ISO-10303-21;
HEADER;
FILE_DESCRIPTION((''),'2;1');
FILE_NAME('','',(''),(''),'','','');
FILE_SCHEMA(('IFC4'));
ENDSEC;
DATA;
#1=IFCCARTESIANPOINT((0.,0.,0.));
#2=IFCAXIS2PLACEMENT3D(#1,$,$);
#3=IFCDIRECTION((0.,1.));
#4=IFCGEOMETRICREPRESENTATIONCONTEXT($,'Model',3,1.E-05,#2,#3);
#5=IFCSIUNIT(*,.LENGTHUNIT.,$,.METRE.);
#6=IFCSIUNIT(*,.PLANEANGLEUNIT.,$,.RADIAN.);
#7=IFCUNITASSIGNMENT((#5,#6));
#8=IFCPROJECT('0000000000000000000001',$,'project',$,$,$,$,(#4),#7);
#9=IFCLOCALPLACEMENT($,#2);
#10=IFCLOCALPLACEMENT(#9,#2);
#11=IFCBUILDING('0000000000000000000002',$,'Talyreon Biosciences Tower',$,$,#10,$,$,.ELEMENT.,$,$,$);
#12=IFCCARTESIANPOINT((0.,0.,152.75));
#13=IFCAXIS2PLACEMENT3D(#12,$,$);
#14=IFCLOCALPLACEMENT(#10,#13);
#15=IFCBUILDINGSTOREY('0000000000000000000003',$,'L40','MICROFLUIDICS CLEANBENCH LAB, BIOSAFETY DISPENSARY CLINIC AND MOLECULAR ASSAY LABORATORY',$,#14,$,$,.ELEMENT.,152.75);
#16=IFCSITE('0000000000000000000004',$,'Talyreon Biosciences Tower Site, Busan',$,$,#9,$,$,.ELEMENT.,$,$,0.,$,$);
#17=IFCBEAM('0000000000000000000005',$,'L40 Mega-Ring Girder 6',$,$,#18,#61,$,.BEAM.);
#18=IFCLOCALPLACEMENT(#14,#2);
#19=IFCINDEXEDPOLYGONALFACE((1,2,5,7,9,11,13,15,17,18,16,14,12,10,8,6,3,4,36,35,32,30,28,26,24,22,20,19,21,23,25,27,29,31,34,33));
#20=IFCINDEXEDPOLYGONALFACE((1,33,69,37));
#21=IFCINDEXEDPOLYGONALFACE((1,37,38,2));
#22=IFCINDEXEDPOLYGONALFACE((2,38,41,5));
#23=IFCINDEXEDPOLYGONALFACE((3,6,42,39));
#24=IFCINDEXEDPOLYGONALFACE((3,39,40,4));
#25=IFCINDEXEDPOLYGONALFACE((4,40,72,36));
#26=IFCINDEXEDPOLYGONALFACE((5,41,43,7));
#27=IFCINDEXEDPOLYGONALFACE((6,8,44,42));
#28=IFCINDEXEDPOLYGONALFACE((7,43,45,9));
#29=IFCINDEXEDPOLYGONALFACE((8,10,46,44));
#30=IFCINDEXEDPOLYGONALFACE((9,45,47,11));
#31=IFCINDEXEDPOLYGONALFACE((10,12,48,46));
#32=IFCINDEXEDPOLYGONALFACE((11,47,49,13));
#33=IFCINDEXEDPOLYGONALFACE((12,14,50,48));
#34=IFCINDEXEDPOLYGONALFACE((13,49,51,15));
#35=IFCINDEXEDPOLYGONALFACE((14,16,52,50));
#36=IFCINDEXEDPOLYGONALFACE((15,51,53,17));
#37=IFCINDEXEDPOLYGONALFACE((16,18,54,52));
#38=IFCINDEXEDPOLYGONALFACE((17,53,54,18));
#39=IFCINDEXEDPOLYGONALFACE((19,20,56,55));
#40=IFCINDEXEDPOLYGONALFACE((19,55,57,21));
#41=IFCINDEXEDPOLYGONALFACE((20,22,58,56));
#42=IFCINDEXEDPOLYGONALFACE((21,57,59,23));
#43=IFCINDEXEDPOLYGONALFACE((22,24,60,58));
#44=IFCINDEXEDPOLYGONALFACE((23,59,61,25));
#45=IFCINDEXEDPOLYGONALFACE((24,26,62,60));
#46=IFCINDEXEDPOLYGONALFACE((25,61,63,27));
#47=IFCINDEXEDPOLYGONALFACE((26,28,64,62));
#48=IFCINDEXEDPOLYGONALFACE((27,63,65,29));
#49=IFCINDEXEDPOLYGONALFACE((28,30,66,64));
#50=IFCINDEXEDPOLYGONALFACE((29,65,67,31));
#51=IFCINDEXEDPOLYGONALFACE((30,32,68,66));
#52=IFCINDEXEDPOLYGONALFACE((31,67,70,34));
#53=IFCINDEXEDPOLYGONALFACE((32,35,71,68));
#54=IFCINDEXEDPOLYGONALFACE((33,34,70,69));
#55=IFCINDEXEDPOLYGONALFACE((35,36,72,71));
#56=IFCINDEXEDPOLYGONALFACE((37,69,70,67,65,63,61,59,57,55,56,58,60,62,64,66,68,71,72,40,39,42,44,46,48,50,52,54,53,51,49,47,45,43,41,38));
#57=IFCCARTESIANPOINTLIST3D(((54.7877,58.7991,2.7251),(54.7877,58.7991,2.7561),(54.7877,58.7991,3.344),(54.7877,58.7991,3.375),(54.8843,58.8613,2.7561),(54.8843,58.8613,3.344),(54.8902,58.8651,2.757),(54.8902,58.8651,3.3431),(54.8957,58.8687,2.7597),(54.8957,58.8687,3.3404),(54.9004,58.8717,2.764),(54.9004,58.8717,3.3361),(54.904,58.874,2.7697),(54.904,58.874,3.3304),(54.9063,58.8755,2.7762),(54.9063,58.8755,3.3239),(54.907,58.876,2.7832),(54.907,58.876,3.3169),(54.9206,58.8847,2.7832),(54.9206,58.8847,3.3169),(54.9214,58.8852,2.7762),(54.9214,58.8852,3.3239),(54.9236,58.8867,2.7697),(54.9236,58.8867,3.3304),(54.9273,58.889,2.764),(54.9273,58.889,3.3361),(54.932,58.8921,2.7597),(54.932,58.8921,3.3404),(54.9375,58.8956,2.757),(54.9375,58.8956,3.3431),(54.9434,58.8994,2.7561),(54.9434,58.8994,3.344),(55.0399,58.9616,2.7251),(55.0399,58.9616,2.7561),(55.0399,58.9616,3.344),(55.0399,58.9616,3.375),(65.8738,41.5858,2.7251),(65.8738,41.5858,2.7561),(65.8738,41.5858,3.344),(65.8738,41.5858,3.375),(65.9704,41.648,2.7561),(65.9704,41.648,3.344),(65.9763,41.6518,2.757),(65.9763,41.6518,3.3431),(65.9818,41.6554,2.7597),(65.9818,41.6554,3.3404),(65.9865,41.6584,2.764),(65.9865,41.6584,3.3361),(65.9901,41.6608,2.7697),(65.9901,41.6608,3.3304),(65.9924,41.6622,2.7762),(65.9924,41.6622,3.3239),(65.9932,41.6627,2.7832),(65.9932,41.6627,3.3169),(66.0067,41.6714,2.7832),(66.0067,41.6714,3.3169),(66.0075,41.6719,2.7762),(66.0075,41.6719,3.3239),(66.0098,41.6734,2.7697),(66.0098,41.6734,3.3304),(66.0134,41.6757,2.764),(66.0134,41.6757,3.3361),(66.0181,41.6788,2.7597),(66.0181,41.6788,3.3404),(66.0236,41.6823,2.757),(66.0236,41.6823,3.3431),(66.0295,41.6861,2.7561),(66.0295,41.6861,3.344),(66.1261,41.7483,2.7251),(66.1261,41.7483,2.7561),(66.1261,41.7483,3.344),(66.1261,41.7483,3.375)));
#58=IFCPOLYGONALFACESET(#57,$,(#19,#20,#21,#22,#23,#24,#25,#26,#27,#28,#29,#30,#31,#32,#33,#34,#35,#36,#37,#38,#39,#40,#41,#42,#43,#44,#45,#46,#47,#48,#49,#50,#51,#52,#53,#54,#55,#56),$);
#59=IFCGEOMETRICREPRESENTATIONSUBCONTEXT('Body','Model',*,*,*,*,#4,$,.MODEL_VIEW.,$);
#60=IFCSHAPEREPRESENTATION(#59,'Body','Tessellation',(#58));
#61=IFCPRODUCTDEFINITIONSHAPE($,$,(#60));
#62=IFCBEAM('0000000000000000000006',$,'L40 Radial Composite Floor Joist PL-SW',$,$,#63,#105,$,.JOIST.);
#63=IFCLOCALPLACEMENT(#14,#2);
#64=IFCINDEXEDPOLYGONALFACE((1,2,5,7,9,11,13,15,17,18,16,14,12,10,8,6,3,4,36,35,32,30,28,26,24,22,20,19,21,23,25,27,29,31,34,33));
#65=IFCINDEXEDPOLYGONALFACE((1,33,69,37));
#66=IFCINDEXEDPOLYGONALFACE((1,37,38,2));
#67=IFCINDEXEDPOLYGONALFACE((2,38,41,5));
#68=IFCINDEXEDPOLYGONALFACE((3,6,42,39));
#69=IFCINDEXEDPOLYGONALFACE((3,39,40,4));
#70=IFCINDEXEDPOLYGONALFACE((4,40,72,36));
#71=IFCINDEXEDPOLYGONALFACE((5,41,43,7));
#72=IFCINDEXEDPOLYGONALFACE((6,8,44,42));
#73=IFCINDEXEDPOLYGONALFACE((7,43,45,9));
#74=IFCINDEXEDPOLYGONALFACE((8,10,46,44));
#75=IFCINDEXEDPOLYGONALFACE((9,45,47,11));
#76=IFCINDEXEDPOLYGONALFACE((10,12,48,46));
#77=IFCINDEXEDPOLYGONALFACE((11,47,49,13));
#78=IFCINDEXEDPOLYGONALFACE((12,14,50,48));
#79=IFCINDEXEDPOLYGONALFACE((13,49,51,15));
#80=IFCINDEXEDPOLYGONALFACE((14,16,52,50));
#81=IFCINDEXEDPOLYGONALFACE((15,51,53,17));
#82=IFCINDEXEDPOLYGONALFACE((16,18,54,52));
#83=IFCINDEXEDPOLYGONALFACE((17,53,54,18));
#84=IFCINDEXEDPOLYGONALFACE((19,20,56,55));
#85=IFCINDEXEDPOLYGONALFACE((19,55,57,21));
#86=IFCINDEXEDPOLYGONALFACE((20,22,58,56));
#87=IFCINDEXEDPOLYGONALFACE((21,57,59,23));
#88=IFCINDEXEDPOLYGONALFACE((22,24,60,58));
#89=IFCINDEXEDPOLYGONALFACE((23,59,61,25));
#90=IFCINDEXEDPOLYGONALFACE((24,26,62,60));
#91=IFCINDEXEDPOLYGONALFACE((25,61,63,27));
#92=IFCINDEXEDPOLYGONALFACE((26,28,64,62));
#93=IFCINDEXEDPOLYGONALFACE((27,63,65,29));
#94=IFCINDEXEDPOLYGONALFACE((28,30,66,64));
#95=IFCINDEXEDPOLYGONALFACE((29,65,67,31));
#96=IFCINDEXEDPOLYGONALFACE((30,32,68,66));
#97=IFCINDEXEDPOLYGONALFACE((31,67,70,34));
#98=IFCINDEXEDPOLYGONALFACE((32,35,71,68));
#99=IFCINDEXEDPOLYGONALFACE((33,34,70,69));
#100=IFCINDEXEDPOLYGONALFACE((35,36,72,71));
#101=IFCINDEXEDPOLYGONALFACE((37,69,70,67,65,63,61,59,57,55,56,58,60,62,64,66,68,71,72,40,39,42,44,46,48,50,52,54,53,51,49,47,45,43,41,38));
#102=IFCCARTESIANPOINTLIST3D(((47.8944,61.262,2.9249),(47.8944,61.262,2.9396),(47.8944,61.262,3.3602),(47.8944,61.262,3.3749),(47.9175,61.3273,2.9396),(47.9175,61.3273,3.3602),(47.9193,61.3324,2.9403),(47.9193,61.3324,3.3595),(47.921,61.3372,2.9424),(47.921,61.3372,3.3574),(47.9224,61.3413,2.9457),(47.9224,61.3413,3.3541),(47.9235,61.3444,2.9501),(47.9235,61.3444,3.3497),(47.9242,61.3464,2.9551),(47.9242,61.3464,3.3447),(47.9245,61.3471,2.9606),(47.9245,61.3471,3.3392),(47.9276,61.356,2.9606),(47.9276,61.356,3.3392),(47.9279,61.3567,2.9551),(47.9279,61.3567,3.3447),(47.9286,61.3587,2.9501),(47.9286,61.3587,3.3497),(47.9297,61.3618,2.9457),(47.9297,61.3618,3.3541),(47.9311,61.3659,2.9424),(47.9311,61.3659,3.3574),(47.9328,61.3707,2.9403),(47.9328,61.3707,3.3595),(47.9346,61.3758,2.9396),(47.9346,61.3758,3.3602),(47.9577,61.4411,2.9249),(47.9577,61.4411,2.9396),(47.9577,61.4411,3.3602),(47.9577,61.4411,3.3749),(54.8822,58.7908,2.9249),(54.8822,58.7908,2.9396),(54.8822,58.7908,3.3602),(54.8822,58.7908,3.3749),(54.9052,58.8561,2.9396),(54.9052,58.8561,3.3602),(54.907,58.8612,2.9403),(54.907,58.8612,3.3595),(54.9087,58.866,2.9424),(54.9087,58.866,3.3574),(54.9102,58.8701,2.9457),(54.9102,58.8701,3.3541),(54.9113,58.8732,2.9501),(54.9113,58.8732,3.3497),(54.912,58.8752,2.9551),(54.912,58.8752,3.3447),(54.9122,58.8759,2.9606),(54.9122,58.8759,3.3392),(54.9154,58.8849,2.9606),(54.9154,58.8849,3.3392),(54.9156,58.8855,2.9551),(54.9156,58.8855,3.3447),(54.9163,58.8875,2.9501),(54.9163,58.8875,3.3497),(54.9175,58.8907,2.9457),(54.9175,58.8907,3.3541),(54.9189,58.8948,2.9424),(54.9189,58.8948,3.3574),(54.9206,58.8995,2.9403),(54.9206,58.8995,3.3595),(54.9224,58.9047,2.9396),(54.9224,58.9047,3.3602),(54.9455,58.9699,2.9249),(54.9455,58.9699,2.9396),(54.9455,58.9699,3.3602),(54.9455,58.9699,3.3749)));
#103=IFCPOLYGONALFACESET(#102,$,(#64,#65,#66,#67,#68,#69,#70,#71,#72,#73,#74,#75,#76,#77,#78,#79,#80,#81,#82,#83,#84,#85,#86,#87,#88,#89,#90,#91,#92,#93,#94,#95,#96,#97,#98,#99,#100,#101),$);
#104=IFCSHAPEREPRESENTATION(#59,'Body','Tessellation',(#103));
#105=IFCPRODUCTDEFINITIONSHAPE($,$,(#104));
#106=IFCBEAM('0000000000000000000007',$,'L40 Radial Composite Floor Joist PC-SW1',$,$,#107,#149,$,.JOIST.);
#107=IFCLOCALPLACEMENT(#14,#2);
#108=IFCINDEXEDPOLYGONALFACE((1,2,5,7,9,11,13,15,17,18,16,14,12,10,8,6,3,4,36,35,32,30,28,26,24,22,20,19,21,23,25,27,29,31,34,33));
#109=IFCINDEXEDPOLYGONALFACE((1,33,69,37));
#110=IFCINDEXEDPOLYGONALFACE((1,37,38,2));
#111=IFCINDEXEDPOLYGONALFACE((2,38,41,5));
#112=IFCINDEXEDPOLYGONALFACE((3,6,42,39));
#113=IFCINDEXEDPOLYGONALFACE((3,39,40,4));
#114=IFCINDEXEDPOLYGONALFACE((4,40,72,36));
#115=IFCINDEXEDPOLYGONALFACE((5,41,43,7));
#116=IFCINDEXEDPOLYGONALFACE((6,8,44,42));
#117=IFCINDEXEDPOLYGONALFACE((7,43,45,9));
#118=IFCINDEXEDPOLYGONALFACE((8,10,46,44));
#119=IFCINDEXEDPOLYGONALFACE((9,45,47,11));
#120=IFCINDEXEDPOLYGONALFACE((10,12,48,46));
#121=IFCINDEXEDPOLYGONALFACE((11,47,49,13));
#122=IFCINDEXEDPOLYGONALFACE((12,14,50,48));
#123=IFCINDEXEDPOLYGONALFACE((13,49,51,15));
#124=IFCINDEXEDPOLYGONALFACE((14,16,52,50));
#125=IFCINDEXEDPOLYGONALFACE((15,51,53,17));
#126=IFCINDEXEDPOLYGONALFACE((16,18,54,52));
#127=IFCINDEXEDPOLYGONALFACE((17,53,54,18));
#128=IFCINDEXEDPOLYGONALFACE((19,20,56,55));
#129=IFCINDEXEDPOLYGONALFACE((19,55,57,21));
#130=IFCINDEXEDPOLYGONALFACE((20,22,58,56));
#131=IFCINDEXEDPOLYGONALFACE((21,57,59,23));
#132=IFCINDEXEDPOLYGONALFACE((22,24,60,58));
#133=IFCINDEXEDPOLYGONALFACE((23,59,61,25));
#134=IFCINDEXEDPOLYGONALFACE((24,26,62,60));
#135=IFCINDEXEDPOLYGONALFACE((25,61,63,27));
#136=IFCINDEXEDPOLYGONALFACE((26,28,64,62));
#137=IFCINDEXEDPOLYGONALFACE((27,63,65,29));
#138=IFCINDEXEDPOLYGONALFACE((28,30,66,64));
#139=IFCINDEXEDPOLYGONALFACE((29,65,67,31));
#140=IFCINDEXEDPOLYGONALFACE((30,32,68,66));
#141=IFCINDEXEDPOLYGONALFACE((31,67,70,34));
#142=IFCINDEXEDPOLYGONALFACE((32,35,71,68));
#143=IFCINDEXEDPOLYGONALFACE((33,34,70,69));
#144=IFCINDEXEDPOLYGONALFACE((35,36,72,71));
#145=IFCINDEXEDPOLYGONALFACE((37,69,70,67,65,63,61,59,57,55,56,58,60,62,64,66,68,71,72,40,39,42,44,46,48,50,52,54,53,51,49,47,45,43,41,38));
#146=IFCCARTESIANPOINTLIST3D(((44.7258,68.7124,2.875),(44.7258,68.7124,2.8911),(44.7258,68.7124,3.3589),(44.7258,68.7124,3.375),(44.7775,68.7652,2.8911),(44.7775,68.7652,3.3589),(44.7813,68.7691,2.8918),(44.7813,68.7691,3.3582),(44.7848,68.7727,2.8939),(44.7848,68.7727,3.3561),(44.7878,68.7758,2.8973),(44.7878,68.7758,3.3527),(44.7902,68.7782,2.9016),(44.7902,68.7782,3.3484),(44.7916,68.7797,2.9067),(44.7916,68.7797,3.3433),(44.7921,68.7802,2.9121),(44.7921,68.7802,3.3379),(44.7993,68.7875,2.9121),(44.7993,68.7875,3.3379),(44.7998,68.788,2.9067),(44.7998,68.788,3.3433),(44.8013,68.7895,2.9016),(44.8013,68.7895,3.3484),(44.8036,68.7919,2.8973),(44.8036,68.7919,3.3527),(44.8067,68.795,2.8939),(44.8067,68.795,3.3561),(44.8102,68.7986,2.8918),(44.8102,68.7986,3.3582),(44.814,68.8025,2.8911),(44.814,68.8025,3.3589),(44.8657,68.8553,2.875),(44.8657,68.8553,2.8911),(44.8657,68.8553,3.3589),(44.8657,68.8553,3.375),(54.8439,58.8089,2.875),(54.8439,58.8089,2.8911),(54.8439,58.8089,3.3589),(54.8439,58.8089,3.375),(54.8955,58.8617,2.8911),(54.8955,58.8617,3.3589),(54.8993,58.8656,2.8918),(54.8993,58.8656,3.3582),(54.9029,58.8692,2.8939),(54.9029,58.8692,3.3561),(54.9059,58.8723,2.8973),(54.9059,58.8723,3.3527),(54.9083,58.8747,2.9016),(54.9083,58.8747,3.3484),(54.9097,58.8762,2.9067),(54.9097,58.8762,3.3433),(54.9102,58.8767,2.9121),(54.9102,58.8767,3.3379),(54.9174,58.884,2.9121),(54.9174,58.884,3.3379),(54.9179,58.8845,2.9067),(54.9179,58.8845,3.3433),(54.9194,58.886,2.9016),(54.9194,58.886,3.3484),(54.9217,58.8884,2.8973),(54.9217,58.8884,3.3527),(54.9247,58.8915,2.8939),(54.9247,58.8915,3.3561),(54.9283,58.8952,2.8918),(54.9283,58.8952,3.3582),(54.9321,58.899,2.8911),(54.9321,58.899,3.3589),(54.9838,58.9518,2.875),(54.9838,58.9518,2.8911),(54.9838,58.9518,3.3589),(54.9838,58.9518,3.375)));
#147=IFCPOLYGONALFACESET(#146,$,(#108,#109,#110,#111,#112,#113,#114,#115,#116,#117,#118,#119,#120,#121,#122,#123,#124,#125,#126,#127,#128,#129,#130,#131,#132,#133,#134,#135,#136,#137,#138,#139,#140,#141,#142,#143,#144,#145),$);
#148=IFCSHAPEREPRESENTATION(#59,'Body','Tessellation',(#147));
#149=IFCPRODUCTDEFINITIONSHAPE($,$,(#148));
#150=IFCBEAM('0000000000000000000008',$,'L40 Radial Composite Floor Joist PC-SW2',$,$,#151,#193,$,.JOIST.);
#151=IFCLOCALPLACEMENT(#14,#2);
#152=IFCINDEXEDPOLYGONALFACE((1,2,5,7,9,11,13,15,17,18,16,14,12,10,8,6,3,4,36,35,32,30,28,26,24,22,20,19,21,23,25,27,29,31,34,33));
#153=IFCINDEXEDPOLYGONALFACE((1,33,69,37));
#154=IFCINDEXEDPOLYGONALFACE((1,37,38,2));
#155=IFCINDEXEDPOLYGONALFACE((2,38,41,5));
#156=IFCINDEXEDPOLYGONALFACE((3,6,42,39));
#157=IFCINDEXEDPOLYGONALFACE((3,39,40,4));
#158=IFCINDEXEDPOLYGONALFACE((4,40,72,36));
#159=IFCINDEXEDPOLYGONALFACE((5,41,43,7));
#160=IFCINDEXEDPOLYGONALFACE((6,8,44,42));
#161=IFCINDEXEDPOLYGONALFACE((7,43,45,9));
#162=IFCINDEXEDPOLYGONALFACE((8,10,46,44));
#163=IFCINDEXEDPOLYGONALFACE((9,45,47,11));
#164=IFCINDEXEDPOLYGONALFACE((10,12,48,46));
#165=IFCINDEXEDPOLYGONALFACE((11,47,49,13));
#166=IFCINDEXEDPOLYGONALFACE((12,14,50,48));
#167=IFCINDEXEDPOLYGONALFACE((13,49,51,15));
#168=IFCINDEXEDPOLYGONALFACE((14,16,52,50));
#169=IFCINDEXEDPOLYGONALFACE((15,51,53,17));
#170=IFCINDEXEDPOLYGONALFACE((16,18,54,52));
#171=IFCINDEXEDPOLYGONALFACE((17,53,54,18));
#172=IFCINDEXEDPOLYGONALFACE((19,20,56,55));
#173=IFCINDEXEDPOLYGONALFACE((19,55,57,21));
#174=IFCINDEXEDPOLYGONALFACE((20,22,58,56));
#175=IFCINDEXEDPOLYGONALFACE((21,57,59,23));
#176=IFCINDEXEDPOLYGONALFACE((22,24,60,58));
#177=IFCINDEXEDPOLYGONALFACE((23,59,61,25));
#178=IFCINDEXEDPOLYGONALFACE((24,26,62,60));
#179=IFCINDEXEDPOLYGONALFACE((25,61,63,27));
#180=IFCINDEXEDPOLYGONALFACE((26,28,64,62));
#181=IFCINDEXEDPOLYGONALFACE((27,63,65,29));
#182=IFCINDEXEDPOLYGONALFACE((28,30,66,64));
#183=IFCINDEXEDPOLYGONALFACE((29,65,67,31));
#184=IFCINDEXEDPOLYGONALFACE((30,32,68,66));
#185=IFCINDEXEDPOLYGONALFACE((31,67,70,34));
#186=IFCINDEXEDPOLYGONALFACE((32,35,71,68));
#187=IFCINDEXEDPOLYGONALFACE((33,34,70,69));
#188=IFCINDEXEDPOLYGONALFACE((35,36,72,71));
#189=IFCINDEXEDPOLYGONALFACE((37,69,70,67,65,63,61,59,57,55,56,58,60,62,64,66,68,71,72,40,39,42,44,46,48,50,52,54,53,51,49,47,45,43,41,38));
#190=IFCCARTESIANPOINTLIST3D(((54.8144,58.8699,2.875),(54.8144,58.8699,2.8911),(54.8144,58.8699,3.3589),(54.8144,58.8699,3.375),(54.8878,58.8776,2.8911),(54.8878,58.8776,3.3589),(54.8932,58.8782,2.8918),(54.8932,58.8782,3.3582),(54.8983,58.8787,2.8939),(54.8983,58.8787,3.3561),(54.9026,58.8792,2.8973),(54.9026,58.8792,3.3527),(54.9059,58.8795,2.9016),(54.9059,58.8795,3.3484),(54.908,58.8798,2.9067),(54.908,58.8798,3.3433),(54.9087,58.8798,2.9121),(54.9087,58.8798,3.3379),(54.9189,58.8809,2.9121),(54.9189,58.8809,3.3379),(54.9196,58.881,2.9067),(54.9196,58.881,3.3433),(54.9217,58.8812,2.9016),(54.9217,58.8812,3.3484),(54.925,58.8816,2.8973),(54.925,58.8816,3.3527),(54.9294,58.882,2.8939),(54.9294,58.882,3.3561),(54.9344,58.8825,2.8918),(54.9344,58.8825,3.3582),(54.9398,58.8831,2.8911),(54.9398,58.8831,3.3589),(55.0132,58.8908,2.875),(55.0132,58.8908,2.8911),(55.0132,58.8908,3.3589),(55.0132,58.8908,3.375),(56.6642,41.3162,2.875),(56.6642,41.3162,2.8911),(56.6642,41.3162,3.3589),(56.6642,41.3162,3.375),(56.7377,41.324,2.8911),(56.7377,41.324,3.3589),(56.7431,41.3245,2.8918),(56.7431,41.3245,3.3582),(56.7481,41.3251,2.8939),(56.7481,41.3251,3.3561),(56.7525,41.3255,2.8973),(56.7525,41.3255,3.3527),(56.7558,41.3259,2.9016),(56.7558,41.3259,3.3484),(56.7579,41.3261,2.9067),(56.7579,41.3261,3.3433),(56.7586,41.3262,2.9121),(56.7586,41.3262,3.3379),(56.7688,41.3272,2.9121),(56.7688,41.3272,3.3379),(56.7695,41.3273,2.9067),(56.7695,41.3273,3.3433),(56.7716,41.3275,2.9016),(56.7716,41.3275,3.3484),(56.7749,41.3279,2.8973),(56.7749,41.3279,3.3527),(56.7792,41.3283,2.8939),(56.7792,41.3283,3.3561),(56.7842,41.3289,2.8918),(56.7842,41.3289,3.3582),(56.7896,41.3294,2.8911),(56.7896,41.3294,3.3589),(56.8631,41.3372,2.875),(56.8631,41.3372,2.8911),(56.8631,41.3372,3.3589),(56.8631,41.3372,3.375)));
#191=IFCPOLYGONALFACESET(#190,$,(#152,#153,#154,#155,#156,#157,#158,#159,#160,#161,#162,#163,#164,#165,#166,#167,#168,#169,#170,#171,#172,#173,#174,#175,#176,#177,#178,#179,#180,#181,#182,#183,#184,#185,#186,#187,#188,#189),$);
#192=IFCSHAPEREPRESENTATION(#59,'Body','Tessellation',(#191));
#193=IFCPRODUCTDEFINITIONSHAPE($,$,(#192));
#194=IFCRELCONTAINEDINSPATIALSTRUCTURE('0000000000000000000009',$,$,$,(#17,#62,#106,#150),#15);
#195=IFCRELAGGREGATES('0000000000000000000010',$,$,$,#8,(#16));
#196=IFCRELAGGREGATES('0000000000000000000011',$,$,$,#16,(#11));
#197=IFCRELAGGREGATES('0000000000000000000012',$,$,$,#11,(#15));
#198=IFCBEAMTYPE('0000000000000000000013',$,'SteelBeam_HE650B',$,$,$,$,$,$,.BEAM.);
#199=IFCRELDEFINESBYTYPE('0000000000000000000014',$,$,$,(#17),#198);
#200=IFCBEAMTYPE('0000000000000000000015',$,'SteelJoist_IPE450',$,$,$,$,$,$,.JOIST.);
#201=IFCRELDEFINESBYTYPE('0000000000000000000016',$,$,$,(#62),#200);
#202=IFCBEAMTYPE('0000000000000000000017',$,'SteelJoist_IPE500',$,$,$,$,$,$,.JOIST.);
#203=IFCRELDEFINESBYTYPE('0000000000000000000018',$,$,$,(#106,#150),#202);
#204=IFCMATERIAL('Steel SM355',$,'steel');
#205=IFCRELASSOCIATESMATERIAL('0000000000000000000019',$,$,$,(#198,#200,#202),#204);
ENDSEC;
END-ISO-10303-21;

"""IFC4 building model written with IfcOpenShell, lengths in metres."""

from ifc_helpers import new_model, si_unit, direction, frame, origin, origin_2d, place, context, subcontext, project, spatial, i_section, extrude, material, material_profile, profile_set, type_object, element, save


model = new_model("IFC4")

# Units and contexts
model_context = context("Model", 3, precision=1e-05, world=origin(), true_north=direction((0.0, 1.0)))
body_context = subcontext(model_context, "Body", "Model", "MODEL_VIEW")
ifc_project = project(units=[si_unit("LENGTHUNIT", "METRE"), si_unit("PLANEANGLEUNIT", "RADIAN")], contexts=[model_context])

# Site, building, storey
site_placement = place(None, origin())
site = spatial("IfcSite", under=ifc_project, at=site_placement, Name="Talyreon Biosciences Tower Site, Busan", CompositionType="ELEMENT", RefElevation=0.0)
building_placement = place(site_placement, origin())
building = spatial("IfcBuilding", under=site, at=building_placement, Name="Talyreon Biosciences Tower", CompositionType="ELEMENT")
storey_placement = place(building_placement, frame((0.0, 0.0, 152.75)))
storey = spatial("IfcBuildingStorey", under=building, at=storey_placement, Name="L40", Description="MICROFLUIDICS CLEANBENCH LAB, BIOSAFETY DISPENSARY CLINIC AND MOLECULAR ASSAY LABORATORY", CompositionType="ELEMENT", Elevation=152.75)

# Beams
ifc_material_1 = material(Name="Steel SM355", Category="steel")
ifc_material_profile_1 = material_profile(ifc_material_1, i_section(OverallWidth=0.3, OverallDepth=0.6499, WebThickness=0.0161, FlangeThickness=0.031, FilletRadius=0.0271, at=origin_2d()), Name="HE650B")
ifc_profile_set_1 = profile_set([ifc_material_profile_1], Name="Steel SM355")
beam_type_1 = type_object("IfcBeamType", Name="SteelBeam_HE650B", PredefinedType="BEAM", material=ifc_profile_set_1)
beam_1_placement = place(storey_placement, frame((54.9138, 58.8804, 3.05), z_axis=(0.541464, -0.840724, 0.0), x_axis=(0.840724, 0.541464, 0.0)))
element("IfcBeam", 1, at=beam_1_placement, inside=storey, type_object=beam_type_1, Name="L40 Mega-Ring Girder 6", PredefinedType="BEAM", context=body_context, shape_type="SweptSolid", body=[
    extrude(i_section(OverallWidth=0.3, OverallDepth=0.6499, WebThickness=0.0161, FlangeThickness=0.031, FilletRadius=0.0271, at=origin_2d()), origin(), (0.0, 0.0, 1.0), 20.4744),
])
ifc_material_profile_2 = material_profile(ifc_material_1, i_section(OverallWidth=0.1899, OverallDepth=0.45, WebThickness=0.0095, FlangeThickness=0.0146, FilletRadius=0.021, at=origin_2d()), Name="IPE450")
ifc_profile_set_2 = profile_set([ifc_material_profile_2], Name="Steel SM355")
beam_type_2 = type_object("IfcBeamType", Name="SteelJoist_IPE450", PredefinedType="JOIST", material=ifc_profile_set_2)
beam_2_placement = place(storey_placement, frame((54.9138, 58.8804, 3.1499), z_axis=(-0.942782, 0.333409, 0.0), x_axis=(-0.333409, -0.942782, 0.0)))
element("IfcBeam", 2, at=beam_2_placement, inside=storey, type_object=beam_type_2, Name="L40 Radial Composite Floor Joist PL-SW", PredefinedType="JOIST", context=body_context, shape_type="SweptSolid", body=[
    extrude(i_section(OverallWidth=0.1899, OverallDepth=0.45, WebThickness=0.0095, FlangeThickness=0.0146, FilletRadius=0.021, at=origin_2d()), origin(), (0.0, 0.0, 1.0), 7.4119),
])
ifc_material_profile_3 = material_profile(ifc_material_1, i_section(OverallWidth=0.2, OverallDepth=0.5, WebThickness=0.0103, FlangeThickness=0.0161, FilletRadius=0.021, at=origin_2d()), Name="IPE500")
ifc_profile_set_3 = profile_set([ifc_material_profile_3], Name="Steel SM355")
beam_type_3 = type_object("IfcBeamType", Name="SteelJoist_IPE500", PredefinedType="JOIST", material=ifc_profile_set_3)
beam_3_placement = place(storey_placement, frame((54.9138, 58.8804, 3.125), z_axis=(-0.714645, 0.699488, 0.0), x_axis=(-0.699488, -0.714645, 0.0)))
element("IfcBeam", 3, at=beam_3_placement, inside=storey, type_object=beam_type_3, Name="L40 Radial Composite Floor Joist PC-SW1", PredefinedType="JOIST", context=body_context, shape_type="SweptSolid", body=[
    extrude(i_section(OverallWidth=0.2, OverallDepth=0.5, WebThickness=0.0103, FlangeThickness=0.0161, FilletRadius=0.021, at=origin_2d()), origin(), (0.0, 0.0, 1.0), 14.1582),
])
beam_4_placement = place(storey_placement, frame((54.9138, 58.8804, 3.125), z_axis=(0.104802, -0.994493, 0.0), x_axis=(0.994493, 0.104802, 0.0)))
element("IfcBeam", 4, at=beam_4_placement, inside=storey, type_object=beam_type_3, Name="L40 Radial Composite Floor Joist PC-SW2", PredefinedType="JOIST", context=body_context, shape_type="SweptSolid", body=[
    extrude(i_section(OverallWidth=0.2, OverallDepth=0.5, WebThickness=0.0103, FlangeThickness=0.0161, FilletRadius=0.021, at=origin_2d()), origin(), (0.0, 0.0, 1.0), 17.6509),
])

save(model, "model.ifc")
